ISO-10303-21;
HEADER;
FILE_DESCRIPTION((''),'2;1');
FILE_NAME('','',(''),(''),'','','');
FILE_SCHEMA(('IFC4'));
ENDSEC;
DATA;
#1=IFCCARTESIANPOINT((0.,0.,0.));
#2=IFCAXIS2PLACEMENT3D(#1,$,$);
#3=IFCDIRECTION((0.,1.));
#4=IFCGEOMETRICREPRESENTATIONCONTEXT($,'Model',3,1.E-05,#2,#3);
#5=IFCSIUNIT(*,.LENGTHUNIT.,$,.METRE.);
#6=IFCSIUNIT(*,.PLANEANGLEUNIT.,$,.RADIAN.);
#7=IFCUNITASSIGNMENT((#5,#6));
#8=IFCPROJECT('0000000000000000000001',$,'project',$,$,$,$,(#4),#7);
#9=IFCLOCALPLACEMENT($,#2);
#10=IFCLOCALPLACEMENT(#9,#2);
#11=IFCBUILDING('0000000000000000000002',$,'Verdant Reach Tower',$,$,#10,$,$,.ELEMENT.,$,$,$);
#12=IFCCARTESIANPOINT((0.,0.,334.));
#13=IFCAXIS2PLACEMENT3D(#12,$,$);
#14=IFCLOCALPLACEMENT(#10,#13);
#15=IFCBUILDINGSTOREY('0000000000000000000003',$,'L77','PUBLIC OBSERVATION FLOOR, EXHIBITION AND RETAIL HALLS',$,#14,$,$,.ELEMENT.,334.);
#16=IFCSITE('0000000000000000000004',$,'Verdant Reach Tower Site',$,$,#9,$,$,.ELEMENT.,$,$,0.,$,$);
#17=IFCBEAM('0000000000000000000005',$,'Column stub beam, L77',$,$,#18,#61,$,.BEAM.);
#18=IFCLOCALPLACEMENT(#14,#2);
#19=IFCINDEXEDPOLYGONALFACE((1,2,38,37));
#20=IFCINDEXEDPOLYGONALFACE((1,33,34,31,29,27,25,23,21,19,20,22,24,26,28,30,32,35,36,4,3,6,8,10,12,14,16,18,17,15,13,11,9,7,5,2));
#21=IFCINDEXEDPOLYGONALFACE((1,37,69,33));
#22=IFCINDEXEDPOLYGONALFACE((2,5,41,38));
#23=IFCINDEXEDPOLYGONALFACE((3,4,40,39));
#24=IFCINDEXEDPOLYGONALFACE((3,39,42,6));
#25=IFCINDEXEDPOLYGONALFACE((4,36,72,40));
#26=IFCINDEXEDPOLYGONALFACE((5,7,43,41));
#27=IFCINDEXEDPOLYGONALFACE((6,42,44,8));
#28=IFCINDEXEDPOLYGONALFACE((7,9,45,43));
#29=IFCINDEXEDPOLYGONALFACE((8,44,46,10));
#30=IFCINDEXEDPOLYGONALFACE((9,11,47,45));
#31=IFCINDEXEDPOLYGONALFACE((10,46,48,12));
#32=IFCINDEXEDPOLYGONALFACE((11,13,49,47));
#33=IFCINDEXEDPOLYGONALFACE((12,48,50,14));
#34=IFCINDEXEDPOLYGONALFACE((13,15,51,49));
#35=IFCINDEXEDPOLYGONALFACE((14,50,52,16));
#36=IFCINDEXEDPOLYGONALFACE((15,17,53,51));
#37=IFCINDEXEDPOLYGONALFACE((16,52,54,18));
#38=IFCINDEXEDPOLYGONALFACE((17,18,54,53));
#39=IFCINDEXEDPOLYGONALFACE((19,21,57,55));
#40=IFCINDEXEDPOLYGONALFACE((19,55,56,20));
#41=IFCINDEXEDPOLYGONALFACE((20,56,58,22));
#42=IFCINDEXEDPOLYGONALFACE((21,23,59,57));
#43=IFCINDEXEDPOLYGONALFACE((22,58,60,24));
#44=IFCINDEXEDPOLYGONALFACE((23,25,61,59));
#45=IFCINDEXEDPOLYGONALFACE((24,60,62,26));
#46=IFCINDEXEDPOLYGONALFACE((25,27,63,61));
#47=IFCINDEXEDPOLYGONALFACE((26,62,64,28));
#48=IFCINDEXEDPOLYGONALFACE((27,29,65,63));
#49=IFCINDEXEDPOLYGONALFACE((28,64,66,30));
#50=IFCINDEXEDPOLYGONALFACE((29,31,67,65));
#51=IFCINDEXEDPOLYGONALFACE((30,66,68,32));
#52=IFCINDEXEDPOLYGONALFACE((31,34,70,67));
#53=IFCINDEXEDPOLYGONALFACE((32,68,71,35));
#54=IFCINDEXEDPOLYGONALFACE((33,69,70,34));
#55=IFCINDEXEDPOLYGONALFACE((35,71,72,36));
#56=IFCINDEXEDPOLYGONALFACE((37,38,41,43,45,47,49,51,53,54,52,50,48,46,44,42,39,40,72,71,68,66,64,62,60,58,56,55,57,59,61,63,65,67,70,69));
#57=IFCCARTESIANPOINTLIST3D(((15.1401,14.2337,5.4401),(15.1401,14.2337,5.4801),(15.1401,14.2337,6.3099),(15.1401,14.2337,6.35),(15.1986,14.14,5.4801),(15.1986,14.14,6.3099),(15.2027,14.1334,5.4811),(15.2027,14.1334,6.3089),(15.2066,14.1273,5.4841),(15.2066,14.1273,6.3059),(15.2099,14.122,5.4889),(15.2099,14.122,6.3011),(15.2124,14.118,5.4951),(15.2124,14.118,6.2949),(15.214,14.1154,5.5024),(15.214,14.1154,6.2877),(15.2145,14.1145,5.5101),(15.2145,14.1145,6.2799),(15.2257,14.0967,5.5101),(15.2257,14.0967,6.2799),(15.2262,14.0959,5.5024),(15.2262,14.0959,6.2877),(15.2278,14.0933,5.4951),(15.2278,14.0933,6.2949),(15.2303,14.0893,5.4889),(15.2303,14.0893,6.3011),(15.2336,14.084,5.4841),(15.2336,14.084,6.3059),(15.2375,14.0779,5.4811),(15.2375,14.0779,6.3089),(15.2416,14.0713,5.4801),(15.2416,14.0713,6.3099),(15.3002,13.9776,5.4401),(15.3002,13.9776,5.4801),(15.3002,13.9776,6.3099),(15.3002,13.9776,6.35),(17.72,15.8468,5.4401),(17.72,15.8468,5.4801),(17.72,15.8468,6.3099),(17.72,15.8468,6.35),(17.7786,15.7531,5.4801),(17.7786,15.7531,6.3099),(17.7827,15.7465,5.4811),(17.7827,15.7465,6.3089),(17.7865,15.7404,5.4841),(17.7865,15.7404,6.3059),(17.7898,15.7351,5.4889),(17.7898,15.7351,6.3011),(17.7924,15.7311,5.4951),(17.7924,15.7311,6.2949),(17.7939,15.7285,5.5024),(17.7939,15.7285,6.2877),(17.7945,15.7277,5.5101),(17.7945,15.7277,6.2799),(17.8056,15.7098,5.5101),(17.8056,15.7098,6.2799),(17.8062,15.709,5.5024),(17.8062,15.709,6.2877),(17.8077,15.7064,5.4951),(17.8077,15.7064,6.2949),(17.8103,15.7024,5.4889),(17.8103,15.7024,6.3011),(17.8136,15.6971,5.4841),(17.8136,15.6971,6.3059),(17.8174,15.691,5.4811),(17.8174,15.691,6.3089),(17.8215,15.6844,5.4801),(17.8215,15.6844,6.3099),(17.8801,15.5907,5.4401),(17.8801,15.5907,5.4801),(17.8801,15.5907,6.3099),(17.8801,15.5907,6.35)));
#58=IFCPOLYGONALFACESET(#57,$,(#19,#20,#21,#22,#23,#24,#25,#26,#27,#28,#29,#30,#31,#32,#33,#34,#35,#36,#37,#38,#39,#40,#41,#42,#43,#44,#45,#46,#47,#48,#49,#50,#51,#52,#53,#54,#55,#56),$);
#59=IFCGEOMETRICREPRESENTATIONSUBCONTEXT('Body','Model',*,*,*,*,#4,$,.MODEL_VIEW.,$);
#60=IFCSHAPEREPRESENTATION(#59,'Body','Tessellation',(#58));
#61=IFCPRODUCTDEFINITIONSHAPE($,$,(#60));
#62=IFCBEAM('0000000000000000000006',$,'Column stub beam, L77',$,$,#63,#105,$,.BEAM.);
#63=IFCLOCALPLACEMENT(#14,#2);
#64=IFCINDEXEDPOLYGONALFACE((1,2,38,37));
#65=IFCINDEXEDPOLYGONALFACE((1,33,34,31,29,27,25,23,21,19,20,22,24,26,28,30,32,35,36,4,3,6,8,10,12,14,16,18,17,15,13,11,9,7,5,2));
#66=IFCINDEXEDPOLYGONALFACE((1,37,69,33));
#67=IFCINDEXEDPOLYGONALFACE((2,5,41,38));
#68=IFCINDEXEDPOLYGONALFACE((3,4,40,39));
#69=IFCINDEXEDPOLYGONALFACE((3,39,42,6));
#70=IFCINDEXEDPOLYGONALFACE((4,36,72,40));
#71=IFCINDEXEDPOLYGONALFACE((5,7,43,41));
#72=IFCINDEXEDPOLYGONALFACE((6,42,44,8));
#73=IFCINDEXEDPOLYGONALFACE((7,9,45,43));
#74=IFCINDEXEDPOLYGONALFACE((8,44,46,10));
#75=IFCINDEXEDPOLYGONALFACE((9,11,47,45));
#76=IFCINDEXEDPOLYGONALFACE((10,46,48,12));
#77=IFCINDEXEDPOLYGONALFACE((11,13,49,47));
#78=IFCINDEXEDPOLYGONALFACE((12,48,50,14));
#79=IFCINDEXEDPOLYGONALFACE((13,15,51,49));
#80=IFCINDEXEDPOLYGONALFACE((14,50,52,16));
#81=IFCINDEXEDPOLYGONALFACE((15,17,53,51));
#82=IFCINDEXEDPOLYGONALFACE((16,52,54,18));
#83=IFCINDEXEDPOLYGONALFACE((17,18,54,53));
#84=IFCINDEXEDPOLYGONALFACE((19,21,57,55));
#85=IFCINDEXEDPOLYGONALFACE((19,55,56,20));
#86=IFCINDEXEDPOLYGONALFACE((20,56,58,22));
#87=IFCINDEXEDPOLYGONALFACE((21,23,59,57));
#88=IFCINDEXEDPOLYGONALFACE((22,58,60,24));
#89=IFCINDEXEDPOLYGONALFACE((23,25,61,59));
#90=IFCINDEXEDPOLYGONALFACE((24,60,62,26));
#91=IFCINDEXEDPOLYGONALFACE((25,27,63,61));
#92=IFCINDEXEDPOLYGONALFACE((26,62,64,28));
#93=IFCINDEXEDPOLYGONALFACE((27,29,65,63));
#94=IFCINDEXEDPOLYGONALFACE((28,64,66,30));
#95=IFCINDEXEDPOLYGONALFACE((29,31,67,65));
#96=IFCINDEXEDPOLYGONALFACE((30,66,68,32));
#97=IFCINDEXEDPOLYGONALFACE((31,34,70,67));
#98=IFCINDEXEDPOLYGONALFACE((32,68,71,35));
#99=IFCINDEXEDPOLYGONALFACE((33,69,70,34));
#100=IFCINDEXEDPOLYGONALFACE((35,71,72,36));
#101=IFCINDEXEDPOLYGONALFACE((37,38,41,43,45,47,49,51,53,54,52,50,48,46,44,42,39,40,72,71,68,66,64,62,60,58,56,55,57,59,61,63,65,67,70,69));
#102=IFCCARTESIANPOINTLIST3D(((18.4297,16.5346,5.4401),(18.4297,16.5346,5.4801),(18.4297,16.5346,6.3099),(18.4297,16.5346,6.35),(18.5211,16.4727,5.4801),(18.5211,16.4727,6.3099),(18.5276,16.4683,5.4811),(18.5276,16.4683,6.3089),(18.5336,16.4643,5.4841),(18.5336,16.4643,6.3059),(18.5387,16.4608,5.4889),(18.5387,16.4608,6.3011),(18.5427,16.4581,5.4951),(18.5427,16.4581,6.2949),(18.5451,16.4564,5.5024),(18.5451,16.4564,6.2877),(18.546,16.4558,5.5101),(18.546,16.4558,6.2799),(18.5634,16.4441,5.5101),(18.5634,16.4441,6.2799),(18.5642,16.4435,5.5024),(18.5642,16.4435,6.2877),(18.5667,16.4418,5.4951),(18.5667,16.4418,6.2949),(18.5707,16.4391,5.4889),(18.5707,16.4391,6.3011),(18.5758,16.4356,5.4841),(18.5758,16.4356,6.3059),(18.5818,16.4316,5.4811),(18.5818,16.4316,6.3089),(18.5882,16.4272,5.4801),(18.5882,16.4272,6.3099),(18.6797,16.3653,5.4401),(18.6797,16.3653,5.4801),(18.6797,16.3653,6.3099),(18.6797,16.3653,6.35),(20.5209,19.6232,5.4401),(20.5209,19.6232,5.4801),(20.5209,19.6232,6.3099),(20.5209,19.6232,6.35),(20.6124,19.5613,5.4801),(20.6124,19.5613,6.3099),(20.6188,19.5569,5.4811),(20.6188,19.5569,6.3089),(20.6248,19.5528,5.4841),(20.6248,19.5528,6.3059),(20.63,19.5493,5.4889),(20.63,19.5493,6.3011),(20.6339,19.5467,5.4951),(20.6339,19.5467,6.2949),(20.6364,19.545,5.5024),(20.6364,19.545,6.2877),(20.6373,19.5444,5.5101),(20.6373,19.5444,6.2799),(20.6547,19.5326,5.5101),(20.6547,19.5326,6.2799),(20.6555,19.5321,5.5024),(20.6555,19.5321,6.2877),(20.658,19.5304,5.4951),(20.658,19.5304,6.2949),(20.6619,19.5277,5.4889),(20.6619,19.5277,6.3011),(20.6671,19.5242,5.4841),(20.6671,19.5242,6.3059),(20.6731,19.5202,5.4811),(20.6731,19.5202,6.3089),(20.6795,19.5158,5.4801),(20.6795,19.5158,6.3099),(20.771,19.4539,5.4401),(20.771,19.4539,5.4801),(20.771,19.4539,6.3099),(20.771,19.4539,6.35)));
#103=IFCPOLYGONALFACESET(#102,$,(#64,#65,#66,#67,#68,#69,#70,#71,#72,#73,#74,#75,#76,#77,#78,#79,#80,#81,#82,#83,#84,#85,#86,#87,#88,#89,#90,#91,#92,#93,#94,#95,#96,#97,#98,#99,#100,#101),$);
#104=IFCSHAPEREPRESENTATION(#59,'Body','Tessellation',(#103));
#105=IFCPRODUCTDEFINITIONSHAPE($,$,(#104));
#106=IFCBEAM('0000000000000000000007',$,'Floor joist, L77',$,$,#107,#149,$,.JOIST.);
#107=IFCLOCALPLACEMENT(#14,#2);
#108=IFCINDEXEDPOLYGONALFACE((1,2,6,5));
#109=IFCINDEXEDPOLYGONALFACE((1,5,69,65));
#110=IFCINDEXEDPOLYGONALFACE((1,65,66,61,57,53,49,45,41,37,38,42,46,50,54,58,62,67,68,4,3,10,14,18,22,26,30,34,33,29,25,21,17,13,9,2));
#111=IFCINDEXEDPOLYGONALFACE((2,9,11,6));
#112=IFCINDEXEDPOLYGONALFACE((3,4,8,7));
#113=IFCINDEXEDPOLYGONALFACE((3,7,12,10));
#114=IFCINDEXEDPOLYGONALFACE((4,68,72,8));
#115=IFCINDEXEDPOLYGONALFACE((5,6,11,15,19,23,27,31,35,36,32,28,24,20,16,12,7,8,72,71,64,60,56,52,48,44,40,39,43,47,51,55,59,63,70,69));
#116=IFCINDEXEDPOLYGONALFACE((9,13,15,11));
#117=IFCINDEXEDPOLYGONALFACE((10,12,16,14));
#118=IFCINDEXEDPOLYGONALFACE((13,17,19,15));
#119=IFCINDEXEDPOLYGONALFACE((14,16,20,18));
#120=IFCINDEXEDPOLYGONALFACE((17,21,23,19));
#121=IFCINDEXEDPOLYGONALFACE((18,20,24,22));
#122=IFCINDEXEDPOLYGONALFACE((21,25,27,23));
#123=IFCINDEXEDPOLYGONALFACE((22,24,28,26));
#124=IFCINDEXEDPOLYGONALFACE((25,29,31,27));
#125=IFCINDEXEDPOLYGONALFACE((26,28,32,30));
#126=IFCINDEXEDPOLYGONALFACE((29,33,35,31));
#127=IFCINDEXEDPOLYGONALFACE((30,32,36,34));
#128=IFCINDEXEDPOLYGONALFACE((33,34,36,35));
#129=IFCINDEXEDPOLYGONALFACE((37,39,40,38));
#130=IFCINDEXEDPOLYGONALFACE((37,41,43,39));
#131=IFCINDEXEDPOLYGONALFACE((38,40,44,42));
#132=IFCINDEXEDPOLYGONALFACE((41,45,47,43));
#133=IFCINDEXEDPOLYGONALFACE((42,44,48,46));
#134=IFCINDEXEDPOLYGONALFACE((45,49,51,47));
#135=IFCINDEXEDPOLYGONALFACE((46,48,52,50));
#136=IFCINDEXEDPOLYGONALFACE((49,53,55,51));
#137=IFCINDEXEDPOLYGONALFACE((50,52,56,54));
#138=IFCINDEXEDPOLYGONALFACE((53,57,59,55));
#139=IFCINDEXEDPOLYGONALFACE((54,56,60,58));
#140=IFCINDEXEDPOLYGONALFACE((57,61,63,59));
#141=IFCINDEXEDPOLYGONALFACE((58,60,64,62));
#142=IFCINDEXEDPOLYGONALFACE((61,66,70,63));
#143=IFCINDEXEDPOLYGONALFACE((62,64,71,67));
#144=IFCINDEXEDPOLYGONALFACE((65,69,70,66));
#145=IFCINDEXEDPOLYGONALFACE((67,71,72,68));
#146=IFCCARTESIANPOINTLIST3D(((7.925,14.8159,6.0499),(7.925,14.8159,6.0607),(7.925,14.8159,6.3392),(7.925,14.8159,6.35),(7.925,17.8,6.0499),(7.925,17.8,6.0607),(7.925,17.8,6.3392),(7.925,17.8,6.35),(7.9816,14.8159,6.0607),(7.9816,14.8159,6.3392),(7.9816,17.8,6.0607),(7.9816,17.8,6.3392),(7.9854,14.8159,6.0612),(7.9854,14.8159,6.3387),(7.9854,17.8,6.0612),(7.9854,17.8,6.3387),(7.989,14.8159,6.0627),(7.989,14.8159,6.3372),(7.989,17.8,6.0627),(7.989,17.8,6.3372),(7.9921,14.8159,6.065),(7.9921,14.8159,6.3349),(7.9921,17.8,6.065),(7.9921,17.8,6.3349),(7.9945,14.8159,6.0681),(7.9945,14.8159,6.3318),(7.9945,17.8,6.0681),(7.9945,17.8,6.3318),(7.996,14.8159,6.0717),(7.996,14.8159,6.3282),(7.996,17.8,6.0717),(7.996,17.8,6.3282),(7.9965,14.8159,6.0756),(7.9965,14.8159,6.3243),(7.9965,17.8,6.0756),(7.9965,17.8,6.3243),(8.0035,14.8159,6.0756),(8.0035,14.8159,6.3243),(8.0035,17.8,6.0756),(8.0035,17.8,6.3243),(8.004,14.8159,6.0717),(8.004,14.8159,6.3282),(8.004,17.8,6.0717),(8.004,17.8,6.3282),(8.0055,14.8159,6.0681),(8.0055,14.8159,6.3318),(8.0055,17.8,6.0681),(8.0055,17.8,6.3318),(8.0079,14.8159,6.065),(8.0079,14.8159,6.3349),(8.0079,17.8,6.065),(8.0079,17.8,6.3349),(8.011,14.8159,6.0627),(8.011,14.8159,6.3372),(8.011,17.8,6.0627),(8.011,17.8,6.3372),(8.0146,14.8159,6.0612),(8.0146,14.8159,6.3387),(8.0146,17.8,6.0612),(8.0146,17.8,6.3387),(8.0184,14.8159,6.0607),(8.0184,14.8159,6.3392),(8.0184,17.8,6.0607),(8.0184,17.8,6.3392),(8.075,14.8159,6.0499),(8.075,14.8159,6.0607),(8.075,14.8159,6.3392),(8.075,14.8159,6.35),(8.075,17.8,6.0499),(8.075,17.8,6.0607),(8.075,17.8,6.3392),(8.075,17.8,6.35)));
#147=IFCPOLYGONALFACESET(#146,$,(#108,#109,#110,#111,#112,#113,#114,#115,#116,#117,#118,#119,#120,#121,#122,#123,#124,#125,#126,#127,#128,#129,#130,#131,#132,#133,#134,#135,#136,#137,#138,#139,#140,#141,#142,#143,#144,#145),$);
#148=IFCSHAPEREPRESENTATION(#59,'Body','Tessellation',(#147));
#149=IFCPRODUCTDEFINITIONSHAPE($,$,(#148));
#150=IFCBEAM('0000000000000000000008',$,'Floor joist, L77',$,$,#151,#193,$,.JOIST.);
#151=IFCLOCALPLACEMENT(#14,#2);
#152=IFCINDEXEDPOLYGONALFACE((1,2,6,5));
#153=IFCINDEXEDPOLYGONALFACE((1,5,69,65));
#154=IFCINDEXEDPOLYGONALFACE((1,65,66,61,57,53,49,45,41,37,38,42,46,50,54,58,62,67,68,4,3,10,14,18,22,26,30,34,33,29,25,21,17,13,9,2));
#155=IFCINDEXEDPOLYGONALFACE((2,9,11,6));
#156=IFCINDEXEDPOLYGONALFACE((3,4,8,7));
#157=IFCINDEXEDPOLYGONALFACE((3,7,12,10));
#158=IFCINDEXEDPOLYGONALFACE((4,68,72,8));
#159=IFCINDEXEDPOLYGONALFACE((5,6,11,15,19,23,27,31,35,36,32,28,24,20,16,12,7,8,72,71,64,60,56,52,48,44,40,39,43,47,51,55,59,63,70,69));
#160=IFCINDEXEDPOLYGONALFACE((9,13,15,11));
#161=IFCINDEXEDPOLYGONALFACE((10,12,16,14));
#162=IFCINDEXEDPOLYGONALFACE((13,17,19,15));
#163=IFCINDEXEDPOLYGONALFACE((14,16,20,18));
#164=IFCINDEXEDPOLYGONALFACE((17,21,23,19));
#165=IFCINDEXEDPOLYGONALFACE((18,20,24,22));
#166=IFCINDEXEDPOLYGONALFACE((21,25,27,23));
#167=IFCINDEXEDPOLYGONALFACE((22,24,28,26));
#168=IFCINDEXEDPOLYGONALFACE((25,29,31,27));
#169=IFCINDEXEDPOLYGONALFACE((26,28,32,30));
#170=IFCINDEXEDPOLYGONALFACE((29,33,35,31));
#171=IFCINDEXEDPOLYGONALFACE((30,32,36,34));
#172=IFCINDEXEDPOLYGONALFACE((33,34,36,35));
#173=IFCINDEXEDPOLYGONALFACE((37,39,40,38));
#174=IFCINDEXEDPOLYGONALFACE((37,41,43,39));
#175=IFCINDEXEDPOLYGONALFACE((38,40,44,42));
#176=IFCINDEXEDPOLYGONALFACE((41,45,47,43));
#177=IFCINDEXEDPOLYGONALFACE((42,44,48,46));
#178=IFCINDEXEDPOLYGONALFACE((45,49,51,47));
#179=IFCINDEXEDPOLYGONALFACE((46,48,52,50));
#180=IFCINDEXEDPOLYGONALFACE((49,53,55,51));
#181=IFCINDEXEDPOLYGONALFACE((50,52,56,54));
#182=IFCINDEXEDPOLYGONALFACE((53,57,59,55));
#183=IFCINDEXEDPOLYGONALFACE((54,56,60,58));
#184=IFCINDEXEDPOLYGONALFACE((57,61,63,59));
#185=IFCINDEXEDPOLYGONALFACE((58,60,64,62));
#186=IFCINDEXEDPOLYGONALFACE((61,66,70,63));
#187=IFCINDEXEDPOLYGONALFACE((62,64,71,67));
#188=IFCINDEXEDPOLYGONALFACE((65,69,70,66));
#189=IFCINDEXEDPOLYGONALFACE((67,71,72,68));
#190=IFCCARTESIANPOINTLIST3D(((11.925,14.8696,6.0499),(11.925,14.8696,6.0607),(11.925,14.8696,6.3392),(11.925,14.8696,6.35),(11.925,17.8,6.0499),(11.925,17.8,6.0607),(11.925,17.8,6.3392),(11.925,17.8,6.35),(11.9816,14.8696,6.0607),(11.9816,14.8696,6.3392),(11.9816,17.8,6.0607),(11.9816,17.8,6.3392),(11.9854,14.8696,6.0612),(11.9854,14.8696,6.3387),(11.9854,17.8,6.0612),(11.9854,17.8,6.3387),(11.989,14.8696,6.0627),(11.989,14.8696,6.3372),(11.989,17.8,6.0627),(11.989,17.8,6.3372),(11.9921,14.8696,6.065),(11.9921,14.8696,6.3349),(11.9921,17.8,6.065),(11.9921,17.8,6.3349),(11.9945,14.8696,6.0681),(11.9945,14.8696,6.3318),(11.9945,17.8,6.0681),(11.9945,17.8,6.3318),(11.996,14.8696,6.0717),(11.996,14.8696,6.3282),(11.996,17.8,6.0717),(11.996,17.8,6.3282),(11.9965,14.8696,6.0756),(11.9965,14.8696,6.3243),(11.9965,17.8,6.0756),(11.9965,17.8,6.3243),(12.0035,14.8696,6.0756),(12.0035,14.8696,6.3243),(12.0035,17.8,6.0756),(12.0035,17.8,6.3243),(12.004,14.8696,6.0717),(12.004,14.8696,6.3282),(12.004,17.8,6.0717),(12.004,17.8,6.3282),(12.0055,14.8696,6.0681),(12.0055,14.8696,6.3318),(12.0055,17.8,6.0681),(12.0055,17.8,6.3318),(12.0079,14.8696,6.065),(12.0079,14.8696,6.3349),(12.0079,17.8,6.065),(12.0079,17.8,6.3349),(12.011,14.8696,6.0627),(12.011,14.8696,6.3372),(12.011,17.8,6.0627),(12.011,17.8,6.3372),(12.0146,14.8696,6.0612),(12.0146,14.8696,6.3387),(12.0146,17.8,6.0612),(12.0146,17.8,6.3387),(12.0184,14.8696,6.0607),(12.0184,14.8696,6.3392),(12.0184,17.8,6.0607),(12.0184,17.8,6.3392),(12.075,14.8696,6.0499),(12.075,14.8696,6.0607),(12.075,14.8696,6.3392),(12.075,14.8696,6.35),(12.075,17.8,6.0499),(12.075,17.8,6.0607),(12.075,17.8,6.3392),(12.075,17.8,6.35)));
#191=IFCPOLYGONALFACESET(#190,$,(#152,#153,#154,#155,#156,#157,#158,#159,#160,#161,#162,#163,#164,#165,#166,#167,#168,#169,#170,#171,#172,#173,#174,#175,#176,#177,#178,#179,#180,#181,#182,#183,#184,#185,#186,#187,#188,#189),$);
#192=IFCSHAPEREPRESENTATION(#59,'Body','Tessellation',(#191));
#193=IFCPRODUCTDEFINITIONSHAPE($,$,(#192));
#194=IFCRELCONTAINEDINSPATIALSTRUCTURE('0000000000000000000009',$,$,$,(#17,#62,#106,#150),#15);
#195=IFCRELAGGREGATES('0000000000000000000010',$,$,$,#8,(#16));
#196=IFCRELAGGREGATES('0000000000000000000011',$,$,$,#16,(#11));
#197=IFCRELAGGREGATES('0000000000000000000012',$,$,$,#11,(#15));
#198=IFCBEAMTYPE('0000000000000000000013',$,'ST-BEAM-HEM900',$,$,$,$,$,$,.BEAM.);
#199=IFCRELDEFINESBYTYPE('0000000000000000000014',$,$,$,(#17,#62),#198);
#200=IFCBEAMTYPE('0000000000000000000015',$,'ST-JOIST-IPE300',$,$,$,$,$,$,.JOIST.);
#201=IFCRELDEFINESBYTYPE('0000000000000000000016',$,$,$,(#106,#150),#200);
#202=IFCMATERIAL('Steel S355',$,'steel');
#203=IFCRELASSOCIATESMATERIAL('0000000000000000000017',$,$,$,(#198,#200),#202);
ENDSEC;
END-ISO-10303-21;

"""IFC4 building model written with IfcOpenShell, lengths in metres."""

from ifc_helpers import new_model, si_unit, direction, frame, origin, origin_2d, place, context, subcontext, project, spatial, i_section, extrude, material, material_profile, profile_set, type_object, element, save


model = new_model("IFC4")

# Units and contexts
model_context = context("Model", 3, precision=1e-05, world=origin(), true_north=direction((0.0, 1.0)))
body_context = subcontext(model_context, "Body", "Model", "MODEL_VIEW")
ifc_project = project(units=[si_unit("LENGTHUNIT", "METRE"), si_unit("PLANEANGLEUNIT", "RADIAN")], contexts=[model_context])

# Site, building, storey
site_placement = place(None, origin())
site = spatial("IfcSite", under=ifc_project, at=site_placement, Name="Verdant Reach Tower Site", CompositionType="ELEMENT", RefElevation=0.0)
building_placement = place(site_placement, origin())
building = spatial("IfcBuilding", under=site, at=building_placement, Name="Verdant Reach Tower", CompositionType="ELEMENT")
storey_placement = place(building_placement, frame((0.0, 0.0, 334.0)))
storey = spatial("IfcBuildingStorey", under=building, at=storey_placement, Name="L77", Description="PUBLIC OBSERVATION FLOOR, EXHIBITION AND RETAIL HALLS", CompositionType="ELEMENT", Elevation=334.0)

# Beams
ifc_material_1 = material(Name="Steel S355", Category="steel")
ifc_material_profile_1 = material_profile(ifc_material_1, i_section(OverallWidth=0.302, OverallDepth=0.9099, WebThickness=0.021, FlangeThickness=0.04, FilletRadius=0.03, at=origin_2d()), Name="HEM 900")
ifc_profile_set_1 = profile_set([ifc_material_profile_1], Name="Steel S355")
beam_type_1 = type_object("IfcBeamType", Name="ST-BEAM-HEM900", PredefinedType="BEAM", material=ifc_profile_set_1)
beam_1_placement = place(storey_placement, frame((17.8, 15.7188, 5.895), z_axis=(-0.847904, -0.53015, 0.0), x_axis=(0.53015, -0.847904, 0.0)))
element("IfcBeam", 1, at=beam_1_placement, inside=storey, type_object=beam_type_1, Name="Column stub beam, L77", PredefinedType="BEAM", context=body_context, shape_type="SweptSolid", body=[
    extrude(i_section(OverallWidth=0.302, OverallDepth=0.9099, WebThickness=0.021, FlangeThickness=0.04, FilletRadius=0.03, at=origin_2d()), origin(), (0.0, 0.0, 1.0), 3.0427),
])
beam_2_placement = place(storey_placement, frame((18.5547, 16.45, 5.895), z_axis=(0.560667, 0.828041, 0.0), x_axis=(-0.828041, 0.560667, 0.0)))
element("IfcBeam", 2, at=beam_2_placement, inside=storey, type_object=beam_type_1, Name="Column stub beam, L77", PredefinedType="BEAM", context=body_context, shape_type="SweptSolid", body=[
    extrude(i_section(OverallWidth=0.302, OverallDepth=0.9099, WebThickness=0.021, FlangeThickness=0.04, FilletRadius=0.03, at=origin_2d()), origin(), (0.0, 0.0, 1.0), 3.73),
])
ifc_material_profile_2 = material_profile(ifc_material_1, i_section(OverallWidth=0.1499, OverallDepth=0.3, WebThickness=0.0071, FlangeThickness=0.0107, FilletRadius=0.0149, at=origin_2d()), Name="IPE 300")
ifc_profile_set_2 = profile_set([ifc_material_profile_2], Name="Steel S355")
beam_type_2 = type_object("IfcBeamType", Name="ST-JOIST-IPE300", PredefinedType="JOIST", material=ifc_profile_set_2)
beam_3_placement = place(storey_placement, frame((8.0, 17.8, 6.2), z_axis=(0.0, -1.0, 0.0), x_axis=(1.0, 0.0, 0.0)))
element("IfcBeam", 3, at=beam_3_placement, inside=storey, type_object=beam_type_2, Name="Floor joist, L77", PredefinedType="JOIST", context=body_context, shape_type="SweptSolid", body=[
    extrude(i_section(OverallWidth=0.1499, OverallDepth=0.3, WebThickness=0.0071, FlangeThickness=0.0107, FilletRadius=0.0149, at=origin_2d()), origin(), (0.0, 0.0, 1.0), 2.9841),
])
beam_4_placement = place(storey_placement, frame((12.0, 17.8, 6.2), z_axis=(0.0, -1.0, 0.0), x_axis=(1.0, 0.0, 0.0)))
element("IfcBeam", 4, at=beam_4_placement, inside=storey, type_object=beam_type_2, Name="Floor joist, L77", PredefinedType="JOIST", context=body_context, shape_type="SweptSolid", body=[
    extrude(i_section(OverallWidth=0.1499, OverallDepth=0.3, WebThickness=0.0071, FlangeThickness=0.0107, FilletRadius=0.0149, at=origin_2d()), origin(), (0.0, 0.0, 1.0), 2.9304),
])

save(model, "model.ifc")
